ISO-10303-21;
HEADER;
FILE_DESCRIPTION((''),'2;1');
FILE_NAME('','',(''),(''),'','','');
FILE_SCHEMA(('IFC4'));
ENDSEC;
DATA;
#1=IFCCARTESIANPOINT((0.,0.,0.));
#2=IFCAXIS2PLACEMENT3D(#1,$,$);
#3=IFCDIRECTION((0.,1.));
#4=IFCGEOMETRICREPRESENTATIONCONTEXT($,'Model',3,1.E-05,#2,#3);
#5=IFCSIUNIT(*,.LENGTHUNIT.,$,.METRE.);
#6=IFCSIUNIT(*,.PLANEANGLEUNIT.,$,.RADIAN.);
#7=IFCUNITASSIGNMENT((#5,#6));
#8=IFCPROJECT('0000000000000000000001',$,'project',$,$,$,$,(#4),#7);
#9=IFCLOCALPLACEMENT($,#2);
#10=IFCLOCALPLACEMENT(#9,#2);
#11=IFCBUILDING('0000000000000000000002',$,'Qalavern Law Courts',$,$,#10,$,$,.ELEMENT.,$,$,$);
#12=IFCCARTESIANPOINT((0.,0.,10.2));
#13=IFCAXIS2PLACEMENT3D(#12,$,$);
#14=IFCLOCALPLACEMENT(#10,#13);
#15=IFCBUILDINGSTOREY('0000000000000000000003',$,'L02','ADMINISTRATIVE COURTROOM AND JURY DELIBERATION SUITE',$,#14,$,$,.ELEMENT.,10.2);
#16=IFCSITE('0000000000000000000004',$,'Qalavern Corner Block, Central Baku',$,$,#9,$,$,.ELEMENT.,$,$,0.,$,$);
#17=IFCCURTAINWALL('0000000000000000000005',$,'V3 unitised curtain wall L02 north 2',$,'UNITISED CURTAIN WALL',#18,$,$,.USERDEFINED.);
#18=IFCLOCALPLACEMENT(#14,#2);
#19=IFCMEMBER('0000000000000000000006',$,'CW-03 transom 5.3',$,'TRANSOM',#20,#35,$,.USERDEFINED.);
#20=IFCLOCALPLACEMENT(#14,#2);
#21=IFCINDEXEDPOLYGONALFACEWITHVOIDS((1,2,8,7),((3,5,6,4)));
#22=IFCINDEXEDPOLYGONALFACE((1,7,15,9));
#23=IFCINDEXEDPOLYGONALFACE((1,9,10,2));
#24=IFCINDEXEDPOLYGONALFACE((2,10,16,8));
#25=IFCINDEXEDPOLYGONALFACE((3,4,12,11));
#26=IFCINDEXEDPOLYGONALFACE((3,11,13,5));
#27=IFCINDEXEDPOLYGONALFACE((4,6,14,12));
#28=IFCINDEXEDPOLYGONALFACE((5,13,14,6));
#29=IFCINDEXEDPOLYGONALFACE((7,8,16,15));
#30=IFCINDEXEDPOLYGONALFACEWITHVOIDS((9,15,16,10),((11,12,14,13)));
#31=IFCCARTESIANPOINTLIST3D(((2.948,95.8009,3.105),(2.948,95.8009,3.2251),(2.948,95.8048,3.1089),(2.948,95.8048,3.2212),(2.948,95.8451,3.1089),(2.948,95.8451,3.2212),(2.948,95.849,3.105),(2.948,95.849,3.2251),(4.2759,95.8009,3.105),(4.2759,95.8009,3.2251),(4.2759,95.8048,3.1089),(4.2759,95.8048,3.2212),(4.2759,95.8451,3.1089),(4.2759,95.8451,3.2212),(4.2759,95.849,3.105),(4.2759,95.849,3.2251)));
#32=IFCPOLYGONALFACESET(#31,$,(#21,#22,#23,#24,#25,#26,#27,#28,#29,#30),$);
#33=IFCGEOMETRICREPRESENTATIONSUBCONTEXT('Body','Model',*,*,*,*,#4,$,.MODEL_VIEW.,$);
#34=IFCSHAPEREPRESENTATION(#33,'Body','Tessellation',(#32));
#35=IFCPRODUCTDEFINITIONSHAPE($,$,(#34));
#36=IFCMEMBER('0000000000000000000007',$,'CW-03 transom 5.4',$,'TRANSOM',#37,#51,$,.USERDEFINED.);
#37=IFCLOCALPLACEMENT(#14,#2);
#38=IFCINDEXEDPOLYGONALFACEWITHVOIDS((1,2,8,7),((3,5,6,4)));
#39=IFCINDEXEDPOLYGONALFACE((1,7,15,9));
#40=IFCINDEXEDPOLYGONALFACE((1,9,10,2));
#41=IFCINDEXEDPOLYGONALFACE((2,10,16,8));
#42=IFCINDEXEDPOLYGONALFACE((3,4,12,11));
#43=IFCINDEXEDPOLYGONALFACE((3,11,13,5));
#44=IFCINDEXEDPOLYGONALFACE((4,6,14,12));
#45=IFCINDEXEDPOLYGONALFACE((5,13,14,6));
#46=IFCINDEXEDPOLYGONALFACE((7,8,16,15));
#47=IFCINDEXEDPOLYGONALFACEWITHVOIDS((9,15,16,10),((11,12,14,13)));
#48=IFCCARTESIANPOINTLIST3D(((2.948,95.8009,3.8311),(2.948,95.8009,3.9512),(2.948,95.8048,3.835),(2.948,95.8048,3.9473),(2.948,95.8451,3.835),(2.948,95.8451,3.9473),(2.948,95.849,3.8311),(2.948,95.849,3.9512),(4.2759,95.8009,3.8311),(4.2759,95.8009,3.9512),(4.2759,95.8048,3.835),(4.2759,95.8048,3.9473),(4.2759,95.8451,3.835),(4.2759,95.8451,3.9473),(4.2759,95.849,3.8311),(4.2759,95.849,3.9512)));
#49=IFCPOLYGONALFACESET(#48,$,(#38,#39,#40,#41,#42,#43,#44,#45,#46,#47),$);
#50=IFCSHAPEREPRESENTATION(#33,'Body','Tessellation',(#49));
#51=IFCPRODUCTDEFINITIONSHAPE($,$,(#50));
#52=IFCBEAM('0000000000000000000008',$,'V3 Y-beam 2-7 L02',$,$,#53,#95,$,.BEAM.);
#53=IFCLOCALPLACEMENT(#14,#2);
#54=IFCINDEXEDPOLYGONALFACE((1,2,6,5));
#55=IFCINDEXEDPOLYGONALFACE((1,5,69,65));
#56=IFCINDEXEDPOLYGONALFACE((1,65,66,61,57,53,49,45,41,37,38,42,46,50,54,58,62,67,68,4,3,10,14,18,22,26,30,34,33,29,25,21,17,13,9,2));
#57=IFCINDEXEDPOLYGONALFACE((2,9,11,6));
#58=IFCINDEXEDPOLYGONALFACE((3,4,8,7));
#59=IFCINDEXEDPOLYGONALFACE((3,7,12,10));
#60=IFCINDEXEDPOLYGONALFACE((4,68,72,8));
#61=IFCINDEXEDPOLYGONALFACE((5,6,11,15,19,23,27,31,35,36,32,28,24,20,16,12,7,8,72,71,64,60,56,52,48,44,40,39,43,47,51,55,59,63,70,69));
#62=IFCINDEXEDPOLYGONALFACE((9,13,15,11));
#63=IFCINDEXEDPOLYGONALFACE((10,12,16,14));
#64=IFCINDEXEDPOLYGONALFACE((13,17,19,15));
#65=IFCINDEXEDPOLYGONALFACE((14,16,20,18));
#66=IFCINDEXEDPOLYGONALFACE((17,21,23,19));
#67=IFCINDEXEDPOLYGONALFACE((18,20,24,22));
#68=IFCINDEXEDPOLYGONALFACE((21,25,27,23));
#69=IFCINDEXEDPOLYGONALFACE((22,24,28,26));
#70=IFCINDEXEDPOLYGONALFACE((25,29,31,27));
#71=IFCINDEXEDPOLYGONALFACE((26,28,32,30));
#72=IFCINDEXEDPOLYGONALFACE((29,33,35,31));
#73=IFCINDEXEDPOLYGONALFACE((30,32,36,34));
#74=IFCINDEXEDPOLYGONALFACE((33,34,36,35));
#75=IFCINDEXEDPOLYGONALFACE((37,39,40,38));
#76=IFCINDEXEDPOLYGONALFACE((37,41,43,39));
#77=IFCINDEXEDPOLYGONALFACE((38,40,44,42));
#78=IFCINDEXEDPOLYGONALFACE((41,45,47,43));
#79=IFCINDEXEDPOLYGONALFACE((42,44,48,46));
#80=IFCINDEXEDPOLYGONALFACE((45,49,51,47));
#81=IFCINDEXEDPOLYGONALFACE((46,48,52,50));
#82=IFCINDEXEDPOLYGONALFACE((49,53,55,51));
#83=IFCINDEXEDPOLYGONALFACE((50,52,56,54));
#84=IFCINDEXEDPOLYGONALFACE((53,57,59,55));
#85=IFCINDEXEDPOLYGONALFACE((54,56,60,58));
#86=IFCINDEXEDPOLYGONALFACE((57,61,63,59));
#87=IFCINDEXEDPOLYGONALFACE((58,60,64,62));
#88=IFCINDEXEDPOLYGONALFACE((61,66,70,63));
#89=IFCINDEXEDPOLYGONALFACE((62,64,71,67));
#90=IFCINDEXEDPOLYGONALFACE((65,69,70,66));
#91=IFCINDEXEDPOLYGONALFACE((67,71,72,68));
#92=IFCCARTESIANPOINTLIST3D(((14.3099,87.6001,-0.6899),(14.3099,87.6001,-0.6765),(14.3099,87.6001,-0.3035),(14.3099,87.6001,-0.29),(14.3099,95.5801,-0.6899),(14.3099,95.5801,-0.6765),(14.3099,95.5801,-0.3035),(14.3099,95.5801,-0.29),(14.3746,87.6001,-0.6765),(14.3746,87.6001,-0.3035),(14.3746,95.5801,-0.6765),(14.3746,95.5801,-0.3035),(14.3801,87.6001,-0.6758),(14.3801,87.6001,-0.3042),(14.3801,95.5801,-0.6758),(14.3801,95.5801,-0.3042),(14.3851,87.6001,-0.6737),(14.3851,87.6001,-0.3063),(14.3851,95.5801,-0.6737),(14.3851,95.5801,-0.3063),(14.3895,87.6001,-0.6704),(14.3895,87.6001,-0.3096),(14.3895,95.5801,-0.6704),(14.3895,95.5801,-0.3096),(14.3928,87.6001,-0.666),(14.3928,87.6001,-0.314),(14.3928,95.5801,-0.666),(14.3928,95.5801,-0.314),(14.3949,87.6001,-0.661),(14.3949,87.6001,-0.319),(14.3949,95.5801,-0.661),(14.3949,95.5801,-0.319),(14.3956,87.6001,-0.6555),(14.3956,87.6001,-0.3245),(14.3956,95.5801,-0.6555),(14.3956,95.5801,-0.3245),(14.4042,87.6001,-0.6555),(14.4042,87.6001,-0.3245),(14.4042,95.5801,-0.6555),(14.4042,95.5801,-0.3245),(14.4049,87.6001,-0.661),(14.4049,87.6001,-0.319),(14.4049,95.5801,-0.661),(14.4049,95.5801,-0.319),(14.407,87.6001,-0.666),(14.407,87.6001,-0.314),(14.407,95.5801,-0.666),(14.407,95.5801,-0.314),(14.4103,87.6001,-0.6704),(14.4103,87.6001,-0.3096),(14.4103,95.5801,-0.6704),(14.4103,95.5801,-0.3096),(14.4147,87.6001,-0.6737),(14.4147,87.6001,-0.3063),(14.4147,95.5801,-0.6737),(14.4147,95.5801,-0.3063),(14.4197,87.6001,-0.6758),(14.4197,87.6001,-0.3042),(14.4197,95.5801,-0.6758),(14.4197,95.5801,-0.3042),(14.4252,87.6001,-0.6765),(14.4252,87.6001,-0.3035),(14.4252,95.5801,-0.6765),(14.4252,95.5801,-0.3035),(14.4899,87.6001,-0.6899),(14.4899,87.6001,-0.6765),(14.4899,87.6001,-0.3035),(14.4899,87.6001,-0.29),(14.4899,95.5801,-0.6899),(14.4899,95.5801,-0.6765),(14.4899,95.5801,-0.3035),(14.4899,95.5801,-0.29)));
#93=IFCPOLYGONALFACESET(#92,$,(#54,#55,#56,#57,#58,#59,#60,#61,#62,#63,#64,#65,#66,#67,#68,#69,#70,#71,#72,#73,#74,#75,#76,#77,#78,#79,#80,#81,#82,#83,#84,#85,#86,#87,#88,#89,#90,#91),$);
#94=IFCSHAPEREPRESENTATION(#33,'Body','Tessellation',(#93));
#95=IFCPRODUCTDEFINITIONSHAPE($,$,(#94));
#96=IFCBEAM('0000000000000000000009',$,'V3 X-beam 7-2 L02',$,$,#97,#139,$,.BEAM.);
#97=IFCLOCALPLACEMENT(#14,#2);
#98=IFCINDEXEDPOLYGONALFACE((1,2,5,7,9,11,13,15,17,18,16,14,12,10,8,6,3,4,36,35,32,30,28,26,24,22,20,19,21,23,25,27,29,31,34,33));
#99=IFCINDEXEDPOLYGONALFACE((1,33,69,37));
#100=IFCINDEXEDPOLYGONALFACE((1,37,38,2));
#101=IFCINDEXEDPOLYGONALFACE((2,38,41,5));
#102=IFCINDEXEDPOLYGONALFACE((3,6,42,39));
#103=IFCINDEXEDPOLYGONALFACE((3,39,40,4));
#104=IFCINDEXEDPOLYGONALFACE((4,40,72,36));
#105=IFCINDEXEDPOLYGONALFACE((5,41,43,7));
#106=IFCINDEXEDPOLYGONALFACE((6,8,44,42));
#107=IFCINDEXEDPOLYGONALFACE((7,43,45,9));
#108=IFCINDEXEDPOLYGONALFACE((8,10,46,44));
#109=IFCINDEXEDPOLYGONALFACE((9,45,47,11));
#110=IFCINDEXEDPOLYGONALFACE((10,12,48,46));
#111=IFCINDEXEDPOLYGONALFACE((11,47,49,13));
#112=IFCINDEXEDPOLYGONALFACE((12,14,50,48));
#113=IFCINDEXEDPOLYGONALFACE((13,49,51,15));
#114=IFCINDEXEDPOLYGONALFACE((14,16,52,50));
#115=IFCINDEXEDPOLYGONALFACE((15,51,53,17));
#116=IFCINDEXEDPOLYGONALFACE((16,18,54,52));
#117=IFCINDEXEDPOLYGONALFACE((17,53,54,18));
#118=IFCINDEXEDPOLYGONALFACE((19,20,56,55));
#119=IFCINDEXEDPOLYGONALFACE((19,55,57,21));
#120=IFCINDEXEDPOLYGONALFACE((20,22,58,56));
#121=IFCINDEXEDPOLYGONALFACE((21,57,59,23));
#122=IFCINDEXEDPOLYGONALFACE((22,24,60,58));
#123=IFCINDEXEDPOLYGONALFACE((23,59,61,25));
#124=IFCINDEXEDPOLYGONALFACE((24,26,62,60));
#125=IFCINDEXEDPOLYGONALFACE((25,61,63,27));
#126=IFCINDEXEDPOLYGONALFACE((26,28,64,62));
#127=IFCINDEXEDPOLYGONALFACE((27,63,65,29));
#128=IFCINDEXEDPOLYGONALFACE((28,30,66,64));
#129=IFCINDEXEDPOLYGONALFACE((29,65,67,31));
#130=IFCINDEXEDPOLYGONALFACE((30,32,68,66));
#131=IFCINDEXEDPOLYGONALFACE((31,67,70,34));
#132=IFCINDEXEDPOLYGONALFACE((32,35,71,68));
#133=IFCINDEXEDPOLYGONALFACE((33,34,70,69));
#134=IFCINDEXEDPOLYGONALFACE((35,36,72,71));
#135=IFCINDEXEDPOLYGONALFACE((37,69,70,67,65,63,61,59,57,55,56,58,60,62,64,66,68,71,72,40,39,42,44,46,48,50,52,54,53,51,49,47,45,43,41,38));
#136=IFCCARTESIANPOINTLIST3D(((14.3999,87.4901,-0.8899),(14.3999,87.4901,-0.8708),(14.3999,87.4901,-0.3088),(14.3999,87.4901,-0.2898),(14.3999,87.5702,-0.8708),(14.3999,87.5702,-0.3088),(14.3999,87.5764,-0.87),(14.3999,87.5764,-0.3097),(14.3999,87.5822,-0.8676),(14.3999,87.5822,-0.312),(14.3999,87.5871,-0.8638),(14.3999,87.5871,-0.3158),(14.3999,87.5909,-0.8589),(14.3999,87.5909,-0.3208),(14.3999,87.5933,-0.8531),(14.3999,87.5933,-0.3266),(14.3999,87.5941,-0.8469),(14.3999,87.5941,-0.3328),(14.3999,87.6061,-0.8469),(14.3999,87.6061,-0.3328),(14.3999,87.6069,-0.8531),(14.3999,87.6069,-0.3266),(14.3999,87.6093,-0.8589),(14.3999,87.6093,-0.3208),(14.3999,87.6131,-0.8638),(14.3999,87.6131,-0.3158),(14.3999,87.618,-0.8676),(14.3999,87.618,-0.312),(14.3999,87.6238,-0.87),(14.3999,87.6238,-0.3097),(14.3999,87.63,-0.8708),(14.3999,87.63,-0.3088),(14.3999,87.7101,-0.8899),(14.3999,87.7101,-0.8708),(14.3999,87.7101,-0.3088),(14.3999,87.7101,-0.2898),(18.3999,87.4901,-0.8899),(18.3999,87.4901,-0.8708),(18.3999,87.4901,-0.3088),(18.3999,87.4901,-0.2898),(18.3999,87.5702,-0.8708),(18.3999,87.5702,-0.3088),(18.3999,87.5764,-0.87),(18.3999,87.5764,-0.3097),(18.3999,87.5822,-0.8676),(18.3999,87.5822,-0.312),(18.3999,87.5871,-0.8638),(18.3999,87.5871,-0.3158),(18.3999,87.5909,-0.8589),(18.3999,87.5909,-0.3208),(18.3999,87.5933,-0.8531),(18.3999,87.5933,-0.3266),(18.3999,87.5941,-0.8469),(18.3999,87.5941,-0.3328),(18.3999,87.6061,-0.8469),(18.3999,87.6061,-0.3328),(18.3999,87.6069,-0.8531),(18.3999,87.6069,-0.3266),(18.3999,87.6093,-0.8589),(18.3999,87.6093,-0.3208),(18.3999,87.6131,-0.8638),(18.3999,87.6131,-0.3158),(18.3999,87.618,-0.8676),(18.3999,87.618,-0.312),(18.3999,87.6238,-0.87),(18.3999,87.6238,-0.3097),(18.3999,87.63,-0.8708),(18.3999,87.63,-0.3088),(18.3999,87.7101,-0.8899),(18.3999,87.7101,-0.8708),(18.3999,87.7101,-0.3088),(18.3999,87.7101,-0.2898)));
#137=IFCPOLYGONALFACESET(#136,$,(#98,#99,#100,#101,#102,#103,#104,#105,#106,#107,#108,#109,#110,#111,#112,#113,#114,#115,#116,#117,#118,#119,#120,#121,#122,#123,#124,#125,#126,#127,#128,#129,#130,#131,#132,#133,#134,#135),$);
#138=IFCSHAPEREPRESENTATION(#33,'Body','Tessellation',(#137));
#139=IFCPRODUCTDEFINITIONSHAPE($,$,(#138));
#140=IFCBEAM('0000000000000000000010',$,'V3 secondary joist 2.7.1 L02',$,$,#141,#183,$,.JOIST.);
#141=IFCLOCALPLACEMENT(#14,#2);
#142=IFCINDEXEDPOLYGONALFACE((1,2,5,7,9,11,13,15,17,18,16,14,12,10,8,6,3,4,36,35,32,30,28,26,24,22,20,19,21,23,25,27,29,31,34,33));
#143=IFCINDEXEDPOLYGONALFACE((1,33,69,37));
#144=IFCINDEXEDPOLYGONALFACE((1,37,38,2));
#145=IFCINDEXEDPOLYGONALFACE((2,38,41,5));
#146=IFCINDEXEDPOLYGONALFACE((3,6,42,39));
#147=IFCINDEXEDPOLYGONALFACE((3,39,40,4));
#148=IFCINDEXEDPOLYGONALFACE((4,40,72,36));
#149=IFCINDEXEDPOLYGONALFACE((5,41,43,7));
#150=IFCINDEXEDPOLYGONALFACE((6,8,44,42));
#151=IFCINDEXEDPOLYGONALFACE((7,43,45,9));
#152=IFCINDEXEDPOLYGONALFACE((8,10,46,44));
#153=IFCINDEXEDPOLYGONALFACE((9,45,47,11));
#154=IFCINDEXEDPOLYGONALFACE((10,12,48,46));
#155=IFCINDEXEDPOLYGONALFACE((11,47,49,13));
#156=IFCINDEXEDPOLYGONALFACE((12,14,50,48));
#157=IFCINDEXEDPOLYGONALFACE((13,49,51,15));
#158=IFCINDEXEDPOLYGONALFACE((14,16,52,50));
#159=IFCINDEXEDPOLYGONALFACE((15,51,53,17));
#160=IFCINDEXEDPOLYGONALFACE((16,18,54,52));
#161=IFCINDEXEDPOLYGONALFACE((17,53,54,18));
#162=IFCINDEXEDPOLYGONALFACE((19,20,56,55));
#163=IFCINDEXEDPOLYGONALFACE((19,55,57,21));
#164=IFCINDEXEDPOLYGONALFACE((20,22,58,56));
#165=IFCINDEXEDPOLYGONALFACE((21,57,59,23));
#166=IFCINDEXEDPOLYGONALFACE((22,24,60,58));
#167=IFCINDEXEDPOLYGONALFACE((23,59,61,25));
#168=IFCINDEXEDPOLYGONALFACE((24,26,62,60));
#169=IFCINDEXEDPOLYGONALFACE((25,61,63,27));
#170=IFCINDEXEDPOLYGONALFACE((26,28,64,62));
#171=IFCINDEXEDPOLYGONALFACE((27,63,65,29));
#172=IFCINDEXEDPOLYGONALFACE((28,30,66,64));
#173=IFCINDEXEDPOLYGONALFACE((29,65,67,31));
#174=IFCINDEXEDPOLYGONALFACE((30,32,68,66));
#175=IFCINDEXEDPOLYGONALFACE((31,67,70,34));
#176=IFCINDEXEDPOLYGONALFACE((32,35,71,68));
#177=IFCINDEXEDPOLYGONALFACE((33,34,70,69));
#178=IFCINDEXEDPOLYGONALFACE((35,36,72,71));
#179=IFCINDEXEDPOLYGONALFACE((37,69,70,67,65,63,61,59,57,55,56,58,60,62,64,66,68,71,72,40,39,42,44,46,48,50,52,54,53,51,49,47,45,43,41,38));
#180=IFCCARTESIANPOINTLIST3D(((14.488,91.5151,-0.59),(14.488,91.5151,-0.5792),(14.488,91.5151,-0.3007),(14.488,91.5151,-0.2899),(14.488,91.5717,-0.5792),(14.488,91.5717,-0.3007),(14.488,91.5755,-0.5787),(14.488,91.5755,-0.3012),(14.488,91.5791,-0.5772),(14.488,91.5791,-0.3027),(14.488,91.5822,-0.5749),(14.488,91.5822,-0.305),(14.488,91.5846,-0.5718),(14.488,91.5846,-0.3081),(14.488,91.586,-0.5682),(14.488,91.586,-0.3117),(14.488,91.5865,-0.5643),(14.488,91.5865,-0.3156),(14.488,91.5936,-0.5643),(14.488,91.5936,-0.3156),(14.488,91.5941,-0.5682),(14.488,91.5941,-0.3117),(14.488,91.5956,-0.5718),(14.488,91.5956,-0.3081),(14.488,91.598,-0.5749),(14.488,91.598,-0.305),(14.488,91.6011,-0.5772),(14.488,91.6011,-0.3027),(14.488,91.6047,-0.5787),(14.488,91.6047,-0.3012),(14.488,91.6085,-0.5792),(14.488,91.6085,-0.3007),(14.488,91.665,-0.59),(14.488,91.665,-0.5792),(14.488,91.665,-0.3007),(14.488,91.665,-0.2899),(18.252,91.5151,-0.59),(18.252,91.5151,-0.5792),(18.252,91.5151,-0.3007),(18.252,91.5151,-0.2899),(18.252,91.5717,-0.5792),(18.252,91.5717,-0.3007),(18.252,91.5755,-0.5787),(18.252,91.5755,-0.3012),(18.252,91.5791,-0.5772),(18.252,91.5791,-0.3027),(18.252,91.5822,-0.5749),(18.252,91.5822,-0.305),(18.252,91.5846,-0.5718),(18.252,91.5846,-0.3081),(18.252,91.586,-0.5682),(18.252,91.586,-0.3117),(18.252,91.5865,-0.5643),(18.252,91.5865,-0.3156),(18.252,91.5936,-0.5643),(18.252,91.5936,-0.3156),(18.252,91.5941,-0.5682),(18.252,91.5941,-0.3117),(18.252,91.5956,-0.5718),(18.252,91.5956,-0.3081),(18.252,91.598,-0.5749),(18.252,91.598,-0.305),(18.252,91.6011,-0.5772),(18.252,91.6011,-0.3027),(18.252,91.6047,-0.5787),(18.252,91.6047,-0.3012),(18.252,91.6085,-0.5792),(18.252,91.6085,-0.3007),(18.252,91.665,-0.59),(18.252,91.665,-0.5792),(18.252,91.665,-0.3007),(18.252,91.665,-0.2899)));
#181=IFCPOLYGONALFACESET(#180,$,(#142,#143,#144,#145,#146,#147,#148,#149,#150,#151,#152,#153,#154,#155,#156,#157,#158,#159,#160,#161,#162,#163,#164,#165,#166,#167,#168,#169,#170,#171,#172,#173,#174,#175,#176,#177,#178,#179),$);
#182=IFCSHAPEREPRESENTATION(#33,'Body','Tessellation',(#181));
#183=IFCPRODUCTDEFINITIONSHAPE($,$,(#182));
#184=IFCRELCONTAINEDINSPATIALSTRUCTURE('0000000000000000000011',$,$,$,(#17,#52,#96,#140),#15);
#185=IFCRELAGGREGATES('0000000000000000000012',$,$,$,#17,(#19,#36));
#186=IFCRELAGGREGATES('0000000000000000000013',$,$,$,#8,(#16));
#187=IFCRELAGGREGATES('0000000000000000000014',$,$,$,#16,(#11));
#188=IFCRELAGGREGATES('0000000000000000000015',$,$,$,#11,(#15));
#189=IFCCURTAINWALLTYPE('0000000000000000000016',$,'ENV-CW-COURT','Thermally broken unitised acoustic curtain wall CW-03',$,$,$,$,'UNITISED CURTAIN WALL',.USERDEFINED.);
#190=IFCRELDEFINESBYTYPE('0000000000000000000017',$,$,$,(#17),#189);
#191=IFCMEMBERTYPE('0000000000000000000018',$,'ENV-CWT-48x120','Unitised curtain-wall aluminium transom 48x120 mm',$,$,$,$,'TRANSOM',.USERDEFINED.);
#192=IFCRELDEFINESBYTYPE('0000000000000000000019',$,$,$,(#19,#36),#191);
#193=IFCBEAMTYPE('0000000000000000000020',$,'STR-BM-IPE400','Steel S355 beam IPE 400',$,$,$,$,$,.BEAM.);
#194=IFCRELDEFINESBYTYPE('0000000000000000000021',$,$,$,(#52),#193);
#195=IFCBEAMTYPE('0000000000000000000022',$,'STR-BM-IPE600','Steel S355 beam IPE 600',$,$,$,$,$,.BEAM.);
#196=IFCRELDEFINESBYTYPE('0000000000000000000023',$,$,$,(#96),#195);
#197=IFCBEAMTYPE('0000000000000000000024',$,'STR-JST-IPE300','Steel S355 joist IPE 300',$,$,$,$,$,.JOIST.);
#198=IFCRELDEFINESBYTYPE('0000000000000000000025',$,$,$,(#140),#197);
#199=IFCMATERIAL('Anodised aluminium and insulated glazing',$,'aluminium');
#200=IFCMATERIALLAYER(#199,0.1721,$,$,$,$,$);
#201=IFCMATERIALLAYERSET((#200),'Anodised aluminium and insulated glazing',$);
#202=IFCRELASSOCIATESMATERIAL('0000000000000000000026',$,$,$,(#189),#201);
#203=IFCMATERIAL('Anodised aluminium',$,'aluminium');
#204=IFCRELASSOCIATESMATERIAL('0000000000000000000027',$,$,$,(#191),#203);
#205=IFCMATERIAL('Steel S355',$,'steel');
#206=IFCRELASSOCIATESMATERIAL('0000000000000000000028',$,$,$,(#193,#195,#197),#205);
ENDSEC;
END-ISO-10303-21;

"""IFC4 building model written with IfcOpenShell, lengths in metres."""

from ifc_helpers import new_model, si_unit, direction, frame, origin, origin_2d, place, context, subcontext, project, spatial, hollow_rectangle, i_section, extrude, material, layer, layer_set, material_profile, profile_set, type_object, element, aggregate, save


model = new_model("IFC4")

# Units and contexts
model_context = context("Model", 3, precision=1e-05, world=origin(), true_north=direction((0.0, 1.0)))
body_context = subcontext(model_context, "Body", "Model", "MODEL_VIEW")
ifc_project = project(units=[si_unit("LENGTHUNIT", "METRE"), si_unit("PLANEANGLEUNIT", "RADIAN")], contexts=[model_context])

# Site, building, storey
site_placement = place(None, origin())
site = spatial("IfcSite", under=ifc_project, at=site_placement, Name="Qalavern Corner Block, Central Baku", CompositionType="ELEMENT", RefElevation=0.0)
building_placement = place(site_placement, origin())
building = spatial("IfcBuilding", under=site, at=building_placement, Name="Qalavern Law Courts", CompositionType="ELEMENT")
storey_placement = place(building_placement, frame((0.0, 0.0, 10.2)))
storey = spatial("IfcBuildingStorey", under=building, at=storey_placement, Name="L02", Description="ADMINISTRATIVE COURTROOM AND JURY DELIBERATION SUITE", CompositionType="ELEMENT", Elevation=10.2)

# Curtain wall, members
ifc_material_1 = material(Name="Anodised aluminium and insulated glazing", Category="aluminium")
ifc_layer_1 = layer(ifc_material_1, 0.1721)
ifc_layer_set_1 = layer_set([ifc_layer_1], Name="Anodised aluminium and insulated glazing")
curtain_wall_type = type_object("IfcCurtainWallType", Name="ENV-CW-COURT", Description="Thermally broken unitised acoustic curtain wall CW-03", ElementType="UNITISED CURTAIN WALL", PredefinedType="USERDEFINED", material=ifc_layer_set_1)
curtain_wall_placement = place(storey_placement, origin())
curtain_wall = element("IfcCurtainWall", 1, at=curtain_wall_placement, inside=storey, type_object=curtain_wall_type, Name="V3 unitised curtain wall L02 north 2", ObjectType="UNITISED CURTAIN WALL", PredefinedType="USERDEFINED")
ifc_material_2 = material(Name="Anodised aluminium", Category="aluminium")
ifc_material_profile_1 = material_profile(ifc_material_2, hollow_rectangle(XDim=0.0481, YDim=0.1201, WallThickness=0.0039, at=origin_2d()), Name="ALU TRANSOM 48x120")
ifc_profile_set_1 = profile_set([ifc_material_profile_1], Name="Anodised aluminium")
member_type_1 = type_object("IfcMemberType", Name="ENV-CWT-48x120", Description="Unitised curtain-wall aluminium transom 48x120 mm", ElementType="TRANSOM", PredefinedType="USERDEFINED", material=ifc_profile_set_1)
member_1_placement = place(storey_placement, frame((4.2759, 95.825, 3.165), z_axis=(-1.0, 0.0, 0.0), x_axis=(0.0, -1.0, 0.0)))
member_1 = element("IfcMember", 2, at=member_1_placement, type_object=member_type_1, Name="CW-03 transom 5.3", ObjectType="TRANSOM", PredefinedType="USERDEFINED", context=body_context, shape_type="SweptSolid", body=[
    extrude(hollow_rectangle(XDim=0.0481, YDim=0.1201, WallThickness=0.0039, at=origin_2d()), origin(), (0.0, 0.0, 1.0), 1.3279),
])
member_2_placement = place(storey_placement, frame((4.2759, 95.825, 3.8911), z_axis=(-1.0, 0.0, 0.0), x_axis=(0.0, -1.0, 0.0)))
member_2 = element("IfcMember", 3, at=member_2_placement, type_object=member_type_1, Name="CW-03 transom 5.4", ObjectType="TRANSOM", PredefinedType="USERDEFINED", context=body_context, shape_type="SweptSolid", body=[
    extrude(hollow_rectangle(XDim=0.0481, YDim=0.1201, WallThickness=0.0039, at=origin_2d()), origin(), (0.0, 0.0, 1.0), 1.3279),
])

# Beams
ifc_material_3 = material(Name="Steel S355", Category="steel")
ifc_material_profile_2 = material_profile(ifc_material_3, i_section(OverallWidth=0.1799, OverallDepth=0.3999, WebThickness=0.0085, FlangeThickness=0.0134, FilletRadius=0.021, at=origin_2d()), Name="IPE 400")
ifc_profile_set_2 = profile_set([ifc_material_profile_2], Name="Steel S355")
beam_type_1 = type_object("IfcBeamType", Name="STR-BM-IPE400", Description="Steel S355 beam IPE 400", PredefinedType="BEAM", material=ifc_profile_set_2)
beam_1_placement = place(storey_placement, frame((14.3999, 87.6001, -0.49), z_axis=(0.0, 1.0, 0.0), x_axis=(-1.0, 0.0, 0.0)))
element("IfcBeam", 4, at=beam_1_placement, inside=storey, type_object=beam_type_1, Name="V3 Y-beam 2-7 L02", PredefinedType="BEAM", context=body_context, shape_type="SweptSolid", body=[
    extrude(i_section(OverallWidth=0.1799, OverallDepth=0.3999, WebThickness=0.0085, FlangeThickness=0.0134, FilletRadius=0.021, at=origin_2d()), origin(), (0.0, 0.0, 1.0), 7.98),
])
ifc_material_profile_3 = material_profile(ifc_material_3, i_section(OverallWidth=0.22, OverallDepth=0.6001, WebThickness=0.012, FlangeThickness=0.019, FilletRadius=0.0239, at=origin_2d()), Name="IPE 600")
ifc_profile_set_3 = profile_set([ifc_material_profile_3], Name="Steel S355")
beam_type_2 = type_object("IfcBeamType", Name="STR-BM-IPE600", Description="Steel S355 beam IPE 600", PredefinedType="BEAM", material=ifc_profile_set_3)
beam_2_placement = place(storey_placement, frame((14.3999, 87.6001, -0.5898), z_axis=(1.0, 0.0, 0.0), x_axis=(0.0, 1.0, 0.0)))
element("IfcBeam", 5, at=beam_2_placement, inside=storey, type_object=beam_type_2, Name="V3 X-beam 7-2 L02", PredefinedType="BEAM", context=body_context, shape_type="SweptSolid", body=[
    extrude(i_section(OverallWidth=0.22, OverallDepth=0.6001, WebThickness=0.012, FlangeThickness=0.019, FilletRadius=0.0239, at=origin_2d()), origin(), (0.0, 0.0, 1.0), 4.0),
])
ifc_material_profile_4 = material_profile(ifc_material_3, i_section(OverallWidth=0.1499, OverallDepth=0.3, WebThickness=0.0071, FlangeThickness=0.0107, FilletRadius=0.0149, at=origin_2d()), Name="IPE 300")
ifc_profile_set_4 = profile_set([ifc_material_profile_4], Name="Steel S355")
beam_type_3 = type_object("IfcBeamType", Name="STR-JST-IPE300", Description="Steel S355 joist IPE 300", PredefinedType="JOIST", material=ifc_profile_set_4)
beam_3_placement = place(storey_placement, frame((14.488, 91.5901, -0.4399), z_axis=(1.0, 0.0, 0.0), x_axis=(0.0, 1.0, 0.0)))
element("IfcBeam", 6, at=beam_3_placement, inside=storey, type_object=beam_type_3, Name="V3 secondary joist 2.7.1 L02", PredefinedType="JOIST", context=body_context, shape_type="SweptSolid", body=[
    extrude(i_section(OverallWidth=0.1499, OverallDepth=0.3, WebThickness=0.0071, FlangeThickness=0.0107, FilletRadius=0.0149, at=origin_2d()), origin(), (0.0, 0.0, 1.0), 3.7639),
])

aggregate(curtain_wall, [member_1, member_2])

save(model, "model.ifc")
